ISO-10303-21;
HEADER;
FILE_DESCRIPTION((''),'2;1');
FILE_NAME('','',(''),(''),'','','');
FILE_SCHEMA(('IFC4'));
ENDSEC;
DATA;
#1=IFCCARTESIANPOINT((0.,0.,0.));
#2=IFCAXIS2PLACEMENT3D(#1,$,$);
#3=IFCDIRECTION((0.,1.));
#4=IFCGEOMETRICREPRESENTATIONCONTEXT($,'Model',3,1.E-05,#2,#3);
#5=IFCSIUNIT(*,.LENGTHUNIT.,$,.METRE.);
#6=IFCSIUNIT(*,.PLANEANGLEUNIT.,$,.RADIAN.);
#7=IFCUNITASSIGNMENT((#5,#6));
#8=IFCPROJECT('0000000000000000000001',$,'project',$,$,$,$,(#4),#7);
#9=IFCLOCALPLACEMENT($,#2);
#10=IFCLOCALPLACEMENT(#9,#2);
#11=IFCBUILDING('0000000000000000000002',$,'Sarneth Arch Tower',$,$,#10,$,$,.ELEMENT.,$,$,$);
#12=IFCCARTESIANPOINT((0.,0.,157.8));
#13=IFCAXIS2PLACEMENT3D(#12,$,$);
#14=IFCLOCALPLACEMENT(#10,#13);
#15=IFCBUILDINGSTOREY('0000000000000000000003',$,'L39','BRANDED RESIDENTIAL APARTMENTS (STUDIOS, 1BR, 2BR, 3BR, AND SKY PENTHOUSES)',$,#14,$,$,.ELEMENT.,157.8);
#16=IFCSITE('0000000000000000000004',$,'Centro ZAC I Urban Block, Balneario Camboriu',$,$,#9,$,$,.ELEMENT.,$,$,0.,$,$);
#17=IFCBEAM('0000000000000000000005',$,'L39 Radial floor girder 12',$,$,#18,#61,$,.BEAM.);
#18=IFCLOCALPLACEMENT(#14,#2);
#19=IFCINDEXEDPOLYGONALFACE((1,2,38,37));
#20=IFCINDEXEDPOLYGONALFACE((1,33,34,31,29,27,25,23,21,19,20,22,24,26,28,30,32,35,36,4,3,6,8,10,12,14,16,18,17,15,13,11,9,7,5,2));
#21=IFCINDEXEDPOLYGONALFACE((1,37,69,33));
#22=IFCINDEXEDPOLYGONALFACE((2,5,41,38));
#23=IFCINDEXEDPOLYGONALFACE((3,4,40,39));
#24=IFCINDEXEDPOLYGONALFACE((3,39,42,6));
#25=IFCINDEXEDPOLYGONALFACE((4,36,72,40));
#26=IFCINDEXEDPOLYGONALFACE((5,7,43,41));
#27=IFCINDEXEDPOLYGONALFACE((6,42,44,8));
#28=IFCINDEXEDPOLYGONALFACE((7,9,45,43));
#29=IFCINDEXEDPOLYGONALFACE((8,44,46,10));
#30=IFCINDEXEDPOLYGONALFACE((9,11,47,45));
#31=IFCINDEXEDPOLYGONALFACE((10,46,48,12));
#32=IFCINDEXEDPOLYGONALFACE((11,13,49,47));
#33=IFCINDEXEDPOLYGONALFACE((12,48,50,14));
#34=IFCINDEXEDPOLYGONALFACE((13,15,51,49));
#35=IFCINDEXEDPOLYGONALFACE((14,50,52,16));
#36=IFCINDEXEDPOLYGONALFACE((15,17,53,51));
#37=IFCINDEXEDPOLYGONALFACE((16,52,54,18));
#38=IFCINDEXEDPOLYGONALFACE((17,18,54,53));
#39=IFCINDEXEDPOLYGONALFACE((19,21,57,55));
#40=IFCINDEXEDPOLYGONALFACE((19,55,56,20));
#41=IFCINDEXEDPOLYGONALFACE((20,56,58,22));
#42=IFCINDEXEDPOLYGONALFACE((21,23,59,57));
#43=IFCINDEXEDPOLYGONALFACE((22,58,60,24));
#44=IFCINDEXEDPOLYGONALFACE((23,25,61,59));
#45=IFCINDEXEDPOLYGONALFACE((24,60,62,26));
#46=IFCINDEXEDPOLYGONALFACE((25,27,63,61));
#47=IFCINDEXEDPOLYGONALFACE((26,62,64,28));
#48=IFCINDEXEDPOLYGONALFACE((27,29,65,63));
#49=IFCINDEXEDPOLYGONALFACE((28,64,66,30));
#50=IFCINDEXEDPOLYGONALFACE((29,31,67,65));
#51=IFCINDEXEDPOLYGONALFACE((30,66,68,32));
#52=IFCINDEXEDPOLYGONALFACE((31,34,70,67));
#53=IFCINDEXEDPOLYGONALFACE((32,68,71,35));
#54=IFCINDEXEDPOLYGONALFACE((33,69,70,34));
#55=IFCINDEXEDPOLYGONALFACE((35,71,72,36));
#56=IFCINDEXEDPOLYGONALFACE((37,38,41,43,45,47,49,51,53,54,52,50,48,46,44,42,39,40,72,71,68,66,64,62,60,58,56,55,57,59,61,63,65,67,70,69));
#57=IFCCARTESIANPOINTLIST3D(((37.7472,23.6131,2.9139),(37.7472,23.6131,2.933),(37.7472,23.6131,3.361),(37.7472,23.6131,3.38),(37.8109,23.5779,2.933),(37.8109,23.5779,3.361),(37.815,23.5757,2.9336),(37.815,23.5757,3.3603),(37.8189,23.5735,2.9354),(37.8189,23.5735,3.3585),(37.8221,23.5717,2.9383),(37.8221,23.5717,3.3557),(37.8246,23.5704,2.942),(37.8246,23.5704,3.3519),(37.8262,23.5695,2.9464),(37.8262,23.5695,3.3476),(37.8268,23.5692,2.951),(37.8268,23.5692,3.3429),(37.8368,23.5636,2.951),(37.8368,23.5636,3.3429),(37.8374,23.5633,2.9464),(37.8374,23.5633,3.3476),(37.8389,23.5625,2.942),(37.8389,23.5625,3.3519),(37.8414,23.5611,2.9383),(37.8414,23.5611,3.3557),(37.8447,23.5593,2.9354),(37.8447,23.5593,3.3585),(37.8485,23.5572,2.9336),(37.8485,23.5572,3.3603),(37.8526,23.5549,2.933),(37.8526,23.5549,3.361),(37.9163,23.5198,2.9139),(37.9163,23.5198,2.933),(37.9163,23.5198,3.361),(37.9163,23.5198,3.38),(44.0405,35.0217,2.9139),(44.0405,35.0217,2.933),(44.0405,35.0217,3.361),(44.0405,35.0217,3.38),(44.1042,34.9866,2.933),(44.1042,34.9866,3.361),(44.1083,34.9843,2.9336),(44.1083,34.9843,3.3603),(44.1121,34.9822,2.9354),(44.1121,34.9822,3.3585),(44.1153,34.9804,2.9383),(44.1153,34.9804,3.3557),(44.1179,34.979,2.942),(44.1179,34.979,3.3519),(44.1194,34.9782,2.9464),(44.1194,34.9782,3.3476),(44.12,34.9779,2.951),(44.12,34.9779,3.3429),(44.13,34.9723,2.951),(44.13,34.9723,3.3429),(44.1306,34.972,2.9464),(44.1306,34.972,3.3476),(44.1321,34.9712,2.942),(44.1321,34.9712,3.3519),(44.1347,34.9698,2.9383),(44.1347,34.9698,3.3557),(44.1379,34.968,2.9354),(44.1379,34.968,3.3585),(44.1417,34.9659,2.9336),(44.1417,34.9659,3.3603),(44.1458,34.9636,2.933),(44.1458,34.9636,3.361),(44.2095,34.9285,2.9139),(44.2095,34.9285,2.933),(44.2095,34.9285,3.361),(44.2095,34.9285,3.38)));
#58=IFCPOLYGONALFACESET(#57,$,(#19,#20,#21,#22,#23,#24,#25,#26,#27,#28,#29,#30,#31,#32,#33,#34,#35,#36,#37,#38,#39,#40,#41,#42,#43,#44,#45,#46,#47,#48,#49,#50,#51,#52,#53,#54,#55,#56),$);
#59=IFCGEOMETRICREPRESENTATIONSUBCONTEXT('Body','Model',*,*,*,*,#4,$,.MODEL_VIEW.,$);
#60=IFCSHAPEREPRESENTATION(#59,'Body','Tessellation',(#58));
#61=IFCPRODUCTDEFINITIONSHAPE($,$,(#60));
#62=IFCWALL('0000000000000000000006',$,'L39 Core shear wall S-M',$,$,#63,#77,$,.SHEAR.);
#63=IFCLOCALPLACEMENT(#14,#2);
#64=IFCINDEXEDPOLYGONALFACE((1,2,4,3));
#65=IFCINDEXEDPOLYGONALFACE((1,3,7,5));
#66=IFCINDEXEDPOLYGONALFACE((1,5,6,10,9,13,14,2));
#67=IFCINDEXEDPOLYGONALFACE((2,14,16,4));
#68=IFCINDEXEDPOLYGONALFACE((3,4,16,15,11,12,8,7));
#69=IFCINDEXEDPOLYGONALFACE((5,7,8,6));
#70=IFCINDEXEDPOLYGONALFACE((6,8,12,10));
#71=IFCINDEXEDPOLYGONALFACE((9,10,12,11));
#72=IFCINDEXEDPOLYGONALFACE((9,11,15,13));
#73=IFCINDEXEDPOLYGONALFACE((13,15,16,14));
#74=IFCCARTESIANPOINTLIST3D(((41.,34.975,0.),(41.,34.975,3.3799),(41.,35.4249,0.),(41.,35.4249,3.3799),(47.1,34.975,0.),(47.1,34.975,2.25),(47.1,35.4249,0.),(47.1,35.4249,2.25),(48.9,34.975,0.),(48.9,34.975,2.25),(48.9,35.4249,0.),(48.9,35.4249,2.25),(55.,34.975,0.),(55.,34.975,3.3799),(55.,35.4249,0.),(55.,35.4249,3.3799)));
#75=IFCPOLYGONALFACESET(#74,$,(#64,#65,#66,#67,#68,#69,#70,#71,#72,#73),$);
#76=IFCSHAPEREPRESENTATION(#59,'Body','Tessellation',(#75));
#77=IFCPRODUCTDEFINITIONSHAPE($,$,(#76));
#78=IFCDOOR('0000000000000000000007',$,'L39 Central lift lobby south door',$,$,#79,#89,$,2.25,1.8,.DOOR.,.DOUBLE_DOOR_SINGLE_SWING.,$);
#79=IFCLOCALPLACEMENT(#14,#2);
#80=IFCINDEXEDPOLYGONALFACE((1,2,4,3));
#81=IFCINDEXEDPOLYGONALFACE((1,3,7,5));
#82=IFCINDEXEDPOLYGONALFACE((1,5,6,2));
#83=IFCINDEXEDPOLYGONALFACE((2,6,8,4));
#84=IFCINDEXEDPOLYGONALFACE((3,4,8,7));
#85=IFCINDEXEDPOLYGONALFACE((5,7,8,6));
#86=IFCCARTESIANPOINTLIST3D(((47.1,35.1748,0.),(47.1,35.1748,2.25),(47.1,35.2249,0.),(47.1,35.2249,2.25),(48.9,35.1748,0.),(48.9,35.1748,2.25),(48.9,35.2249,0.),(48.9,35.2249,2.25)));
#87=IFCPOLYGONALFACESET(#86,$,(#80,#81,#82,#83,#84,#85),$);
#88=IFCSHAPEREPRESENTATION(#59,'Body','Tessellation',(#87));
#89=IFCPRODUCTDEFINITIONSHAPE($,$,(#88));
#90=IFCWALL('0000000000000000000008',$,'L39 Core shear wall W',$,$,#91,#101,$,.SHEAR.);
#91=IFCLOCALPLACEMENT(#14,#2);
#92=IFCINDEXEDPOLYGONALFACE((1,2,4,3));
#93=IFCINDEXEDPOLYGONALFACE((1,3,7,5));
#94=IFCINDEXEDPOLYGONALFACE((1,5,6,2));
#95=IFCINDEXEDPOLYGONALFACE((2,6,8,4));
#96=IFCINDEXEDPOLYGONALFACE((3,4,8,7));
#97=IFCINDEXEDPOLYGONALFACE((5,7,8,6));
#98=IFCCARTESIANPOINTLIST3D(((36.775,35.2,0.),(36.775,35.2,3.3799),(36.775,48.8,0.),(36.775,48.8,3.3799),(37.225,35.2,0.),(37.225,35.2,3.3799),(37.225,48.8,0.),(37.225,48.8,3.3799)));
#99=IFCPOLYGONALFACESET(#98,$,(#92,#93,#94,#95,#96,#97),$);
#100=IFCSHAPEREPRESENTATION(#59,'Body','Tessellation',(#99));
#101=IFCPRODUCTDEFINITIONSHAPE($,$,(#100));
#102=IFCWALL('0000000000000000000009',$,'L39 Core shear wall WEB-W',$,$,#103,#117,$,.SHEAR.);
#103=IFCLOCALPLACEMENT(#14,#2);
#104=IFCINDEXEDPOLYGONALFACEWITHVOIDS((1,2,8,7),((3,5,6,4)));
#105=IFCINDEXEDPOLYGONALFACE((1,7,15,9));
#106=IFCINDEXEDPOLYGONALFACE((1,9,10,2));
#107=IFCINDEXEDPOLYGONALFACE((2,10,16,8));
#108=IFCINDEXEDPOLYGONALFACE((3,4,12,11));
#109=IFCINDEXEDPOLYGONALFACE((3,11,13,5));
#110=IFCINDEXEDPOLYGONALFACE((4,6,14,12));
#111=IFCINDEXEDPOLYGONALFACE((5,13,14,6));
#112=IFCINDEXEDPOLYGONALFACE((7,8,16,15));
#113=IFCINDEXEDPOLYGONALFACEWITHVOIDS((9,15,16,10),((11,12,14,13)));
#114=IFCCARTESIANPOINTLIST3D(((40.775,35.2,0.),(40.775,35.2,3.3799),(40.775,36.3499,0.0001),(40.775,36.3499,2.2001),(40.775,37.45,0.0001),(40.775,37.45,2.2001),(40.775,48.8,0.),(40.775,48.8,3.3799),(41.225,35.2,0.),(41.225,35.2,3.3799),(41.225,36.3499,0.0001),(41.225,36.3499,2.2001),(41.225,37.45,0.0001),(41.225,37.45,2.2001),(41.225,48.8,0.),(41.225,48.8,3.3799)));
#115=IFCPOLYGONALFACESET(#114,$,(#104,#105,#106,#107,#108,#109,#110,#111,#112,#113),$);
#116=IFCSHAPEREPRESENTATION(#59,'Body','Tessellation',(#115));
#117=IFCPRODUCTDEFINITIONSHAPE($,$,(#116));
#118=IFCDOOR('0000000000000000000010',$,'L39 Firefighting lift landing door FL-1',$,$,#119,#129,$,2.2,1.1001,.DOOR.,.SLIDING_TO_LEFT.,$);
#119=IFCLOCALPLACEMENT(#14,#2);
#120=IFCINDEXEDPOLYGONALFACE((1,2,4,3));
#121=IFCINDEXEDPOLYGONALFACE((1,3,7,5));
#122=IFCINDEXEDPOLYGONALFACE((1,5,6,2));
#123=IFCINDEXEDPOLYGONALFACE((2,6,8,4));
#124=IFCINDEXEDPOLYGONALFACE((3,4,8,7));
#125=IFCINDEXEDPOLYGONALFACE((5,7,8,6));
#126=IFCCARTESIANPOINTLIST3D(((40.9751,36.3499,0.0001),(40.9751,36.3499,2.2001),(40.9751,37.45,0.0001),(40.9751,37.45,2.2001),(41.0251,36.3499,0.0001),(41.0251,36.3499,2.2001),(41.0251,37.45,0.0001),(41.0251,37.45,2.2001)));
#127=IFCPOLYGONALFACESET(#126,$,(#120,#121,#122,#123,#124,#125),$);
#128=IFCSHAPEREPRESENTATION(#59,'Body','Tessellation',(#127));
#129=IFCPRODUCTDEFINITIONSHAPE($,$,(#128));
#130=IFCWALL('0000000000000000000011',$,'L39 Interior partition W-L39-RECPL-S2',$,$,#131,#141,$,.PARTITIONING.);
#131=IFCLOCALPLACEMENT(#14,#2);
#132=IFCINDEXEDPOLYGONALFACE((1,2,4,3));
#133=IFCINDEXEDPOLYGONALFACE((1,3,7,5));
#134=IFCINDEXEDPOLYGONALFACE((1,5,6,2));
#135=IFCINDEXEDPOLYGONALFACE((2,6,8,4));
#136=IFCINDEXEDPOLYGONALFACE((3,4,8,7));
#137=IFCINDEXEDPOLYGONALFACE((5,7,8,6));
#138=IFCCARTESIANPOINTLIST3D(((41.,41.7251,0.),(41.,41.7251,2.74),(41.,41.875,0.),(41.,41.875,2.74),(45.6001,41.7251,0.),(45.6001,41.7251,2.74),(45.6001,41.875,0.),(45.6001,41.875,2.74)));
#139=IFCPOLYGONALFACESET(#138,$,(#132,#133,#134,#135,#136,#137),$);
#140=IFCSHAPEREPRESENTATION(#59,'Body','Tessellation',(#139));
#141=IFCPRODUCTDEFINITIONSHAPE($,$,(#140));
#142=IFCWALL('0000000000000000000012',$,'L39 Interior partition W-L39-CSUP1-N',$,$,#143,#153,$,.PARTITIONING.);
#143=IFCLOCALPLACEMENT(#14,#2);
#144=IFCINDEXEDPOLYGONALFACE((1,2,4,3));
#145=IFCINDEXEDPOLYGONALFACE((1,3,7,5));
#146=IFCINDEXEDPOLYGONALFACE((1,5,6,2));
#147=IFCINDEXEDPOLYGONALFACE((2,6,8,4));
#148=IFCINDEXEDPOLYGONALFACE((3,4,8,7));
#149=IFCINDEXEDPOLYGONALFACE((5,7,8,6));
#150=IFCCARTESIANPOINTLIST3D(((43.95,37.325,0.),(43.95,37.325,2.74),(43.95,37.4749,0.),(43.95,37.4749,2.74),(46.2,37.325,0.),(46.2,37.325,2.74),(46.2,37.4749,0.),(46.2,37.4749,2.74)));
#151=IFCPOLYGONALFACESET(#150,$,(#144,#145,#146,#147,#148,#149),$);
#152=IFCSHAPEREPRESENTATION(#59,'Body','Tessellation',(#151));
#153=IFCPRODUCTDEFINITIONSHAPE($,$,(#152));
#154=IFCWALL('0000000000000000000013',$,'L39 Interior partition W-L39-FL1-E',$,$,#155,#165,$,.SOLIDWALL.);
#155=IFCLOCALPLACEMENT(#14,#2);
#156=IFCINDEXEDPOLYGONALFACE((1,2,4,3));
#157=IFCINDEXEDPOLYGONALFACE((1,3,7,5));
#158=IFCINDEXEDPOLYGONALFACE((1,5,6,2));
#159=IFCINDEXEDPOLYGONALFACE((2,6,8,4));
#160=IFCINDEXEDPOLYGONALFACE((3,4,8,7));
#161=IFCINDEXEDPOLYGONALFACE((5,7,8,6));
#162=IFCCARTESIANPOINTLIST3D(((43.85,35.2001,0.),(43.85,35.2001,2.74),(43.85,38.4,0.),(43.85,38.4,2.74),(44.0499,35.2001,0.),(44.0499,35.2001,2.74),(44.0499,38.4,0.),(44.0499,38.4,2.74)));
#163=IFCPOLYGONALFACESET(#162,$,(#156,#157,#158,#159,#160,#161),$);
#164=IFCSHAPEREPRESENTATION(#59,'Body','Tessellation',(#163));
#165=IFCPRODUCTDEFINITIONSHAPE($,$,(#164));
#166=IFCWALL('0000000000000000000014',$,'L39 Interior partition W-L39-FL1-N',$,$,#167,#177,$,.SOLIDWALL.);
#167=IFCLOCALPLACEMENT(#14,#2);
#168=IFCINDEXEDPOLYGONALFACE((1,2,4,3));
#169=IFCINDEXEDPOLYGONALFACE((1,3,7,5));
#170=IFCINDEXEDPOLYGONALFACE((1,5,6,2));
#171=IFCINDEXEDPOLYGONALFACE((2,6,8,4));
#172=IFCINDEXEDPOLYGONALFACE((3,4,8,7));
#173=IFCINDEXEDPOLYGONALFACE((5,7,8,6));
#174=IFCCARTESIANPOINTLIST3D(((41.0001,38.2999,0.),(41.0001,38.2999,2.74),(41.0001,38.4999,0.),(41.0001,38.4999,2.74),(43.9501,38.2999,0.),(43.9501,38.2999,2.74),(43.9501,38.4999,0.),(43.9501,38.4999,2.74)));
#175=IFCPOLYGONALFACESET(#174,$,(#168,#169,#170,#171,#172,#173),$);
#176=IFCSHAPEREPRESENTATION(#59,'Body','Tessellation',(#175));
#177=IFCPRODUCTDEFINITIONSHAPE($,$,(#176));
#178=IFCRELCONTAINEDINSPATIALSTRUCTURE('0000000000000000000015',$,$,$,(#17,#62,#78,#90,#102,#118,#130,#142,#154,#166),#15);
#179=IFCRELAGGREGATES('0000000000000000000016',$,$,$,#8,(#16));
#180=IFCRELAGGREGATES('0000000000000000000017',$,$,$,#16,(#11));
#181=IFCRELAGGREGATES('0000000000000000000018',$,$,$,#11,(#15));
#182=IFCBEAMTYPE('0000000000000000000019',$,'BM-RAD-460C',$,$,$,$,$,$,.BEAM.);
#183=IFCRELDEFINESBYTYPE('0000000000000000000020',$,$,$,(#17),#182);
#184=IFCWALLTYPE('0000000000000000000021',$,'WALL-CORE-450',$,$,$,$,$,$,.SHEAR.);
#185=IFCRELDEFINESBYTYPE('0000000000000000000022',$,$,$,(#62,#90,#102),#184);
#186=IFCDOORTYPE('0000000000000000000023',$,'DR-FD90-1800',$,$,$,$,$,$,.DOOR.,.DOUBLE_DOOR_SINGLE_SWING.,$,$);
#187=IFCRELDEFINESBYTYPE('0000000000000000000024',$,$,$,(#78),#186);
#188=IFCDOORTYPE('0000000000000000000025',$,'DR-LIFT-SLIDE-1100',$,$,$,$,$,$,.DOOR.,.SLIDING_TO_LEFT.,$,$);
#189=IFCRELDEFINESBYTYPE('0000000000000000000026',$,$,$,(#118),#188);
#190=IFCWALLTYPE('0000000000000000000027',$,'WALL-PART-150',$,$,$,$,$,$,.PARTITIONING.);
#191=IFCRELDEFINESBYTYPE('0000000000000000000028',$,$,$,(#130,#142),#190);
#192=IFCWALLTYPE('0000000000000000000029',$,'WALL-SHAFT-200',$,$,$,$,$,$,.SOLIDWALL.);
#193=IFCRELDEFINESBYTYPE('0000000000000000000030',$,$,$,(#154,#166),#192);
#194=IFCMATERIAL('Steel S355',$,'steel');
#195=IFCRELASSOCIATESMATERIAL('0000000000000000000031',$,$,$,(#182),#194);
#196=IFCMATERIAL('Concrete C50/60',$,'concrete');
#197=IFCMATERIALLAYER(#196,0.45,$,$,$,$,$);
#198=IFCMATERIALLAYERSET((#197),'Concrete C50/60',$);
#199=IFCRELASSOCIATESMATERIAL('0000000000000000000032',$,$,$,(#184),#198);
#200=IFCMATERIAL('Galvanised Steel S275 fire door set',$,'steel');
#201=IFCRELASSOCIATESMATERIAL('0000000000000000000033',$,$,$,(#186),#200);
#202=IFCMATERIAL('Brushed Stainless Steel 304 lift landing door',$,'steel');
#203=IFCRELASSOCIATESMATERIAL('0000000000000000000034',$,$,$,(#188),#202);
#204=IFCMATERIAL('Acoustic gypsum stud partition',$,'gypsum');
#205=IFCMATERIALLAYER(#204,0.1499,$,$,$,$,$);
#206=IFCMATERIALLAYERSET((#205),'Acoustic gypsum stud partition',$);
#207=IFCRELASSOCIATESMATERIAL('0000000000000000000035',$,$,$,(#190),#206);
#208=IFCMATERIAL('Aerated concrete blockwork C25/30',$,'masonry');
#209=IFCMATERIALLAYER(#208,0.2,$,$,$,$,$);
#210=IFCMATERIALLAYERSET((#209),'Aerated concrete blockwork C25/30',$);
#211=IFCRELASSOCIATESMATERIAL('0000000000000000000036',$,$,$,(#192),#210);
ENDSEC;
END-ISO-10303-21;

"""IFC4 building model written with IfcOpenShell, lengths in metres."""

from ifc_helpers import new_model, si_unit, direction, frame, frame_2d, origin, origin_2d, place, context, subcontext, project, spatial, rectangle, i_section, extrude, material, layer, layer_set, material_profile, profile_set, type_object, element, fill, save


model = new_model("IFC4")

# Units and contexts
model_context = context("Model", 3, precision=1e-05, world=origin(), true_north=direction((0.0, 1.0)))
body_context = subcontext(model_context, "Body", "Model", "MODEL_VIEW")
ifc_project = project(units=[si_unit("LENGTHUNIT", "METRE"), si_unit("PLANEANGLEUNIT", "RADIAN")], contexts=[model_context])

# Site, building, storey
site_placement = place(None, origin())
site = spatial("IfcSite", under=ifc_project, at=site_placement, Name="Centro ZAC I Urban Block, Balneario Camboriu", CompositionType="ELEMENT", RefElevation=0.0)
building_placement = place(site_placement, origin())
building = spatial("IfcBuilding", under=site, at=building_placement, Name="Sarneth Arch Tower", CompositionType="ELEMENT")
storey_placement = place(building_placement, frame((0.0, 0.0, 157.8)))
storey = spatial("IfcBuildingStorey", under=building, at=storey_placement, Name="L39", Description="BRANDED RESIDENTIAL APARTMENTS (STUDIOS, 1BR, 2BR, 3BR, AND SKY PENTHOUSES)", CompositionType="ELEMENT", Elevation=157.8)

# Beam
ifc_material_1 = material(Name="Steel S355", Category="steel")
ifc_material_profile_1 = material_profile(ifc_material_1, i_section(OverallWidth=0.1931, OverallDepth=0.4661, WebThickness=0.0115, FlangeThickness=0.019, FilletRadius=0.0181, at=origin_2d()), Name="W460x97")
ifc_profile_set_1 = profile_set([ifc_material_profile_1], Name="Steel S355")
beam_type_1 = type_object("IfcBeamType", Name="BM-RAD-460C", PredefinedType="BEAM", material=ifc_profile_set_1)
beam_1_placement = place(storey_placement, frame((44.125, 34.9751, 3.147), z_axis=(-0.483005, -0.875618, 0.0), x_axis=(0.875618, -0.483005, 0.0)))
element("IfcBeam", 1, at=beam_1_placement, inside=storey, type_object=beam_type_1, Name="L39 Radial floor girder 12", PredefinedType="BEAM", context=body_context, shape_type="SweptSolid", body=[
    extrude(i_section(OverallWidth=0.1931, OverallDepth=0.4661, WebThickness=0.0115, FlangeThickness=0.019, FilletRadius=0.0181, at=origin_2d()), origin(), (0.0, 0.0, 1.0), 13.0293),
])

# Wall, opening, door
ifc_material_2 = material(Name="Concrete C50/60", Category="concrete")
ifc_layer_1 = layer(ifc_material_2, 0.45)
ifc_layer_set_1 = layer_set([ifc_layer_1], Name="Concrete C50/60")
wall_type_1 = type_object("IfcWallType", Name="WALL-CORE-450", PredefinedType="SHEAR", material=ifc_layer_set_1)
wall_1_placement = place(storey_placement, frame((41.0, 35.2, 0.0), z_axis=(0.0, 0.0, 1.0), x_axis=(1.0, 0.0, 0.0)))
wall_1 = element("IfcWall", 2, at=wall_1_placement, inside=storey, type_object=wall_type_1, Name="L39 Core shear wall S-M", PredefinedType="SHEAR", context=body_context, shape_type="SweptSolid", body=[
    extrude(rectangle(XDim=14.0, YDim=0.45, at=frame_2d((7.0, 0.0))), origin(), (0.0, 0.0, 1.0), 3.3799),
])
opening_1_placement = place(wall_1_placement, frame((6.1001, 0.0, 0.0)))
opening_1 = element("IfcOpeningElement", 3, at=opening_1_placement, cuts=wall_1, PredefinedType="OPENING", context=body_context, shape_type="SweptSolid", body=[
    extrude(rectangle(XDim=1.8, YDim=2.25, at=frame_2d((0.8999, 1.125))), frame((0.0, 0.2349, 0.0), z_axis=(0.0, -1.0, 0.0), x_axis=(1.0, 0.0, 0.0)), (0.0, 0.0, 1.0), 0.47),
])
ifc_material_3 = material(Name="Galvanised Steel S275 fire door set", Category="steel")
door_type_1 = type_object("IfcDoorType", Name="DR-FD90-1800", OperationType="DOUBLE_DOOR_SINGLE_SWING", PredefinedType="DOOR", material=ifc_material_3)
door_1_placement = place(opening_1_placement, origin())
door_1 = element("IfcDoor", 4, at=door_1_placement, inside=storey, type_object=door_type_1, Name="L39 Central lift lobby south door", OperationType="DOUBLE_DOOR_SINGLE_SWING", OverallHeight=2.25, OverallWidth=1.8, PredefinedType="DOOR", context=body_context, shape_type="SweptSolid", body=[
    extrude(rectangle(XDim=1.8, YDim=2.25, at=frame_2d((0.8999, 1.125))), frame((0.0, 0.0249, 0.0), z_axis=(0.0, -1.0, 0.0), x_axis=(1.0, 0.0, 0.0)), (0.0, 0.0, 1.0), 0.05),
])
fill(opening_1, door_1)

# Wall
wall_2_placement = place(storey_placement, frame((37.0, 35.2, 0.0), z_axis=(0.0, 0.0, 1.0), x_axis=(0.0, 1.0, 0.0)))
element("IfcWall", 5, at=wall_2_placement, inside=storey, type_object=wall_type_1, Name="L39 Core shear wall W", PredefinedType="SHEAR", context=body_context, shape_type="SweptSolid", body=[
    extrude(rectangle(XDim=13.6001, YDim=0.45, at=frame_2d((6.8, 0.0))), origin(), (0.0, 0.0, 1.0), 3.3799),
])

# Wall, opening, door
wall_3_placement = place(storey_placement, frame((41.0, 35.2, 0.0), z_axis=(0.0, 0.0, 1.0), x_axis=(0.0, 1.0, 0.0)))
wall_3 = element("IfcWall", 6, at=wall_3_placement, inside=storey, type_object=wall_type_1, Name="L39 Core shear wall WEB-W", PredefinedType="SHEAR", context=body_context, shape_type="SweptSolid", body=[
    extrude(rectangle(XDim=13.6001, YDim=0.45, at=frame_2d((6.8, 0.0))), origin(), (0.0, 0.0, 1.0), 3.3799),
])
opening_2_placement = place(wall_3_placement, frame((1.1499, 0.0, 0.0)))
opening_2 = element("IfcOpeningElement", 7, at=opening_2_placement, cuts=wall_3, PredefinedType="OPENING", context=body_context, shape_type="SweptSolid", body=[
    extrude(rectangle(XDim=1.1001, YDim=2.2, at=frame_2d((0.55, 1.1001))), frame((0.0, 0.2349, 0.0), z_axis=(0.0, -1.0, 0.0), x_axis=(1.0, 0.0, 0.0)), (0.0, 0.0, 1.0), 0.47),
])
ifc_material_4 = material(Name="Brushed Stainless Steel 304 lift landing door", Category="steel")
door_type_2 = type_object("IfcDoorType", Name="DR-LIFT-SLIDE-1100", OperationType="SLIDING_TO_LEFT", PredefinedType="DOOR", material=ifc_material_4)
door_2_placement = place(opening_2_placement, origin())
door_2 = element("IfcDoor", 8, at=door_2_placement, inside=storey, type_object=door_type_2, Name="L39 Firefighting lift landing door FL-1", OperationType="SLIDING_TO_LEFT", OverallHeight=2.2, OverallWidth=1.1001, PredefinedType="DOOR", context=body_context, shape_type="SweptSolid", body=[
    extrude(rectangle(XDim=1.1001, YDim=2.2, at=frame_2d((0.55, 1.1001))), frame((0.0, 0.0249, 0.0), z_axis=(0.0, -1.0, 0.0), x_axis=(1.0, 0.0, 0.0)), (0.0, 0.0, 1.0), 0.05),
])
fill(opening_2, door_2)
ifc_material_5 = material(Name="Acoustic gypsum stud partition", Category="gypsum")
ifc_layer_2 = layer(ifc_material_5, 0.1499)
ifc_layer_set_2 = layer_set([ifc_layer_2], Name="Acoustic gypsum stud partition")
wall_type_2 = type_object("IfcWallType", Name="WALL-PART-150", PredefinedType="PARTITIONING", material=ifc_layer_set_2)

# Wall
wall_4_placement = place(storey_placement, frame((41.0, 41.8, 0.0), z_axis=(0.0, 0.0, 1.0), x_axis=(1.0, 0.0, 0.0)))
element("IfcWall", 9, at=wall_4_placement, inside=storey, type_object=wall_type_2, Name="L39 Interior partition W-L39-RECPL-S2", PredefinedType="PARTITIONING", context=body_context, shape_type="SweptSolid", body=[
    extrude(rectangle(XDim=4.6001, YDim=0.1499, at=frame_2d((2.3, 0.0))), origin(), (0.0, 0.0, 1.0), 2.74),
])

# Wall
wall_5_placement = place(storey_placement, frame((43.95, 37.3999, 0.0), z_axis=(0.0, 0.0, 1.0), x_axis=(1.0, 0.0, 0.0)))
element("IfcWall", 10, at=wall_5_placement, inside=storey, type_object=wall_type_2, Name="L39 Interior partition W-L39-CSUP1-N", PredefinedType="PARTITIONING", context=body_context, shape_type="SweptSolid", body=[
    extrude(rectangle(XDim=2.25, YDim=0.1499, at=frame_2d((1.125, 0.0))), origin(), (0.0, 0.0, 1.0), 2.74),
])

# Shared definitions
ifc_material_6 = material(Name="Aerated concrete blockwork C25/30", Category="masonry")
ifc_layer_3 = layer(ifc_material_6, 0.2)
ifc_layer_set_3 = layer_set([ifc_layer_3], Name="Aerated concrete blockwork C25/30")
wall_type_3 = type_object("IfcWallType", Name="WALL-SHAFT-200", PredefinedType="SOLIDWALL", material=ifc_layer_set_3)

# Walls
wall_6_placement = place(storey_placement, frame((43.95, 35.2, 0.0), z_axis=(0.0, 0.0, 1.0), x_axis=(0.0, 1.0, 0.0)))
element("IfcWall", 11, at=wall_6_placement, inside=storey, type_object=wall_type_3, Name="L39 Interior partition W-L39-FL1-E", PredefinedType="SOLIDWALL", context=body_context, shape_type="SweptSolid", body=[
    extrude(rectangle(XDim=3.2, YDim=0.2, at=frame_2d((1.6001, 0.0))), origin(), (0.0, 0.0, 1.0), 2.74),
])
wall_7_placement = place(storey_placement, frame((41.0, 38.3999, 0.0), z_axis=(0.0, 0.0, 1.0), x_axis=(1.0, 0.0, 0.0)))
element("IfcWall", 12, at=wall_7_placement, inside=storey, type_object=wall_type_3, Name="L39 Interior partition W-L39-FL1-N", PredefinedType="SOLIDWALL", context=body_context, shape_type="SweptSolid", body=[
    extrude(rectangle(XDim=2.95, YDim=0.2, at=frame_2d((1.4751, 0.0))), origin(), (0.0, 0.0, 1.0), 2.74),
])

save(model, "model.ifc")
